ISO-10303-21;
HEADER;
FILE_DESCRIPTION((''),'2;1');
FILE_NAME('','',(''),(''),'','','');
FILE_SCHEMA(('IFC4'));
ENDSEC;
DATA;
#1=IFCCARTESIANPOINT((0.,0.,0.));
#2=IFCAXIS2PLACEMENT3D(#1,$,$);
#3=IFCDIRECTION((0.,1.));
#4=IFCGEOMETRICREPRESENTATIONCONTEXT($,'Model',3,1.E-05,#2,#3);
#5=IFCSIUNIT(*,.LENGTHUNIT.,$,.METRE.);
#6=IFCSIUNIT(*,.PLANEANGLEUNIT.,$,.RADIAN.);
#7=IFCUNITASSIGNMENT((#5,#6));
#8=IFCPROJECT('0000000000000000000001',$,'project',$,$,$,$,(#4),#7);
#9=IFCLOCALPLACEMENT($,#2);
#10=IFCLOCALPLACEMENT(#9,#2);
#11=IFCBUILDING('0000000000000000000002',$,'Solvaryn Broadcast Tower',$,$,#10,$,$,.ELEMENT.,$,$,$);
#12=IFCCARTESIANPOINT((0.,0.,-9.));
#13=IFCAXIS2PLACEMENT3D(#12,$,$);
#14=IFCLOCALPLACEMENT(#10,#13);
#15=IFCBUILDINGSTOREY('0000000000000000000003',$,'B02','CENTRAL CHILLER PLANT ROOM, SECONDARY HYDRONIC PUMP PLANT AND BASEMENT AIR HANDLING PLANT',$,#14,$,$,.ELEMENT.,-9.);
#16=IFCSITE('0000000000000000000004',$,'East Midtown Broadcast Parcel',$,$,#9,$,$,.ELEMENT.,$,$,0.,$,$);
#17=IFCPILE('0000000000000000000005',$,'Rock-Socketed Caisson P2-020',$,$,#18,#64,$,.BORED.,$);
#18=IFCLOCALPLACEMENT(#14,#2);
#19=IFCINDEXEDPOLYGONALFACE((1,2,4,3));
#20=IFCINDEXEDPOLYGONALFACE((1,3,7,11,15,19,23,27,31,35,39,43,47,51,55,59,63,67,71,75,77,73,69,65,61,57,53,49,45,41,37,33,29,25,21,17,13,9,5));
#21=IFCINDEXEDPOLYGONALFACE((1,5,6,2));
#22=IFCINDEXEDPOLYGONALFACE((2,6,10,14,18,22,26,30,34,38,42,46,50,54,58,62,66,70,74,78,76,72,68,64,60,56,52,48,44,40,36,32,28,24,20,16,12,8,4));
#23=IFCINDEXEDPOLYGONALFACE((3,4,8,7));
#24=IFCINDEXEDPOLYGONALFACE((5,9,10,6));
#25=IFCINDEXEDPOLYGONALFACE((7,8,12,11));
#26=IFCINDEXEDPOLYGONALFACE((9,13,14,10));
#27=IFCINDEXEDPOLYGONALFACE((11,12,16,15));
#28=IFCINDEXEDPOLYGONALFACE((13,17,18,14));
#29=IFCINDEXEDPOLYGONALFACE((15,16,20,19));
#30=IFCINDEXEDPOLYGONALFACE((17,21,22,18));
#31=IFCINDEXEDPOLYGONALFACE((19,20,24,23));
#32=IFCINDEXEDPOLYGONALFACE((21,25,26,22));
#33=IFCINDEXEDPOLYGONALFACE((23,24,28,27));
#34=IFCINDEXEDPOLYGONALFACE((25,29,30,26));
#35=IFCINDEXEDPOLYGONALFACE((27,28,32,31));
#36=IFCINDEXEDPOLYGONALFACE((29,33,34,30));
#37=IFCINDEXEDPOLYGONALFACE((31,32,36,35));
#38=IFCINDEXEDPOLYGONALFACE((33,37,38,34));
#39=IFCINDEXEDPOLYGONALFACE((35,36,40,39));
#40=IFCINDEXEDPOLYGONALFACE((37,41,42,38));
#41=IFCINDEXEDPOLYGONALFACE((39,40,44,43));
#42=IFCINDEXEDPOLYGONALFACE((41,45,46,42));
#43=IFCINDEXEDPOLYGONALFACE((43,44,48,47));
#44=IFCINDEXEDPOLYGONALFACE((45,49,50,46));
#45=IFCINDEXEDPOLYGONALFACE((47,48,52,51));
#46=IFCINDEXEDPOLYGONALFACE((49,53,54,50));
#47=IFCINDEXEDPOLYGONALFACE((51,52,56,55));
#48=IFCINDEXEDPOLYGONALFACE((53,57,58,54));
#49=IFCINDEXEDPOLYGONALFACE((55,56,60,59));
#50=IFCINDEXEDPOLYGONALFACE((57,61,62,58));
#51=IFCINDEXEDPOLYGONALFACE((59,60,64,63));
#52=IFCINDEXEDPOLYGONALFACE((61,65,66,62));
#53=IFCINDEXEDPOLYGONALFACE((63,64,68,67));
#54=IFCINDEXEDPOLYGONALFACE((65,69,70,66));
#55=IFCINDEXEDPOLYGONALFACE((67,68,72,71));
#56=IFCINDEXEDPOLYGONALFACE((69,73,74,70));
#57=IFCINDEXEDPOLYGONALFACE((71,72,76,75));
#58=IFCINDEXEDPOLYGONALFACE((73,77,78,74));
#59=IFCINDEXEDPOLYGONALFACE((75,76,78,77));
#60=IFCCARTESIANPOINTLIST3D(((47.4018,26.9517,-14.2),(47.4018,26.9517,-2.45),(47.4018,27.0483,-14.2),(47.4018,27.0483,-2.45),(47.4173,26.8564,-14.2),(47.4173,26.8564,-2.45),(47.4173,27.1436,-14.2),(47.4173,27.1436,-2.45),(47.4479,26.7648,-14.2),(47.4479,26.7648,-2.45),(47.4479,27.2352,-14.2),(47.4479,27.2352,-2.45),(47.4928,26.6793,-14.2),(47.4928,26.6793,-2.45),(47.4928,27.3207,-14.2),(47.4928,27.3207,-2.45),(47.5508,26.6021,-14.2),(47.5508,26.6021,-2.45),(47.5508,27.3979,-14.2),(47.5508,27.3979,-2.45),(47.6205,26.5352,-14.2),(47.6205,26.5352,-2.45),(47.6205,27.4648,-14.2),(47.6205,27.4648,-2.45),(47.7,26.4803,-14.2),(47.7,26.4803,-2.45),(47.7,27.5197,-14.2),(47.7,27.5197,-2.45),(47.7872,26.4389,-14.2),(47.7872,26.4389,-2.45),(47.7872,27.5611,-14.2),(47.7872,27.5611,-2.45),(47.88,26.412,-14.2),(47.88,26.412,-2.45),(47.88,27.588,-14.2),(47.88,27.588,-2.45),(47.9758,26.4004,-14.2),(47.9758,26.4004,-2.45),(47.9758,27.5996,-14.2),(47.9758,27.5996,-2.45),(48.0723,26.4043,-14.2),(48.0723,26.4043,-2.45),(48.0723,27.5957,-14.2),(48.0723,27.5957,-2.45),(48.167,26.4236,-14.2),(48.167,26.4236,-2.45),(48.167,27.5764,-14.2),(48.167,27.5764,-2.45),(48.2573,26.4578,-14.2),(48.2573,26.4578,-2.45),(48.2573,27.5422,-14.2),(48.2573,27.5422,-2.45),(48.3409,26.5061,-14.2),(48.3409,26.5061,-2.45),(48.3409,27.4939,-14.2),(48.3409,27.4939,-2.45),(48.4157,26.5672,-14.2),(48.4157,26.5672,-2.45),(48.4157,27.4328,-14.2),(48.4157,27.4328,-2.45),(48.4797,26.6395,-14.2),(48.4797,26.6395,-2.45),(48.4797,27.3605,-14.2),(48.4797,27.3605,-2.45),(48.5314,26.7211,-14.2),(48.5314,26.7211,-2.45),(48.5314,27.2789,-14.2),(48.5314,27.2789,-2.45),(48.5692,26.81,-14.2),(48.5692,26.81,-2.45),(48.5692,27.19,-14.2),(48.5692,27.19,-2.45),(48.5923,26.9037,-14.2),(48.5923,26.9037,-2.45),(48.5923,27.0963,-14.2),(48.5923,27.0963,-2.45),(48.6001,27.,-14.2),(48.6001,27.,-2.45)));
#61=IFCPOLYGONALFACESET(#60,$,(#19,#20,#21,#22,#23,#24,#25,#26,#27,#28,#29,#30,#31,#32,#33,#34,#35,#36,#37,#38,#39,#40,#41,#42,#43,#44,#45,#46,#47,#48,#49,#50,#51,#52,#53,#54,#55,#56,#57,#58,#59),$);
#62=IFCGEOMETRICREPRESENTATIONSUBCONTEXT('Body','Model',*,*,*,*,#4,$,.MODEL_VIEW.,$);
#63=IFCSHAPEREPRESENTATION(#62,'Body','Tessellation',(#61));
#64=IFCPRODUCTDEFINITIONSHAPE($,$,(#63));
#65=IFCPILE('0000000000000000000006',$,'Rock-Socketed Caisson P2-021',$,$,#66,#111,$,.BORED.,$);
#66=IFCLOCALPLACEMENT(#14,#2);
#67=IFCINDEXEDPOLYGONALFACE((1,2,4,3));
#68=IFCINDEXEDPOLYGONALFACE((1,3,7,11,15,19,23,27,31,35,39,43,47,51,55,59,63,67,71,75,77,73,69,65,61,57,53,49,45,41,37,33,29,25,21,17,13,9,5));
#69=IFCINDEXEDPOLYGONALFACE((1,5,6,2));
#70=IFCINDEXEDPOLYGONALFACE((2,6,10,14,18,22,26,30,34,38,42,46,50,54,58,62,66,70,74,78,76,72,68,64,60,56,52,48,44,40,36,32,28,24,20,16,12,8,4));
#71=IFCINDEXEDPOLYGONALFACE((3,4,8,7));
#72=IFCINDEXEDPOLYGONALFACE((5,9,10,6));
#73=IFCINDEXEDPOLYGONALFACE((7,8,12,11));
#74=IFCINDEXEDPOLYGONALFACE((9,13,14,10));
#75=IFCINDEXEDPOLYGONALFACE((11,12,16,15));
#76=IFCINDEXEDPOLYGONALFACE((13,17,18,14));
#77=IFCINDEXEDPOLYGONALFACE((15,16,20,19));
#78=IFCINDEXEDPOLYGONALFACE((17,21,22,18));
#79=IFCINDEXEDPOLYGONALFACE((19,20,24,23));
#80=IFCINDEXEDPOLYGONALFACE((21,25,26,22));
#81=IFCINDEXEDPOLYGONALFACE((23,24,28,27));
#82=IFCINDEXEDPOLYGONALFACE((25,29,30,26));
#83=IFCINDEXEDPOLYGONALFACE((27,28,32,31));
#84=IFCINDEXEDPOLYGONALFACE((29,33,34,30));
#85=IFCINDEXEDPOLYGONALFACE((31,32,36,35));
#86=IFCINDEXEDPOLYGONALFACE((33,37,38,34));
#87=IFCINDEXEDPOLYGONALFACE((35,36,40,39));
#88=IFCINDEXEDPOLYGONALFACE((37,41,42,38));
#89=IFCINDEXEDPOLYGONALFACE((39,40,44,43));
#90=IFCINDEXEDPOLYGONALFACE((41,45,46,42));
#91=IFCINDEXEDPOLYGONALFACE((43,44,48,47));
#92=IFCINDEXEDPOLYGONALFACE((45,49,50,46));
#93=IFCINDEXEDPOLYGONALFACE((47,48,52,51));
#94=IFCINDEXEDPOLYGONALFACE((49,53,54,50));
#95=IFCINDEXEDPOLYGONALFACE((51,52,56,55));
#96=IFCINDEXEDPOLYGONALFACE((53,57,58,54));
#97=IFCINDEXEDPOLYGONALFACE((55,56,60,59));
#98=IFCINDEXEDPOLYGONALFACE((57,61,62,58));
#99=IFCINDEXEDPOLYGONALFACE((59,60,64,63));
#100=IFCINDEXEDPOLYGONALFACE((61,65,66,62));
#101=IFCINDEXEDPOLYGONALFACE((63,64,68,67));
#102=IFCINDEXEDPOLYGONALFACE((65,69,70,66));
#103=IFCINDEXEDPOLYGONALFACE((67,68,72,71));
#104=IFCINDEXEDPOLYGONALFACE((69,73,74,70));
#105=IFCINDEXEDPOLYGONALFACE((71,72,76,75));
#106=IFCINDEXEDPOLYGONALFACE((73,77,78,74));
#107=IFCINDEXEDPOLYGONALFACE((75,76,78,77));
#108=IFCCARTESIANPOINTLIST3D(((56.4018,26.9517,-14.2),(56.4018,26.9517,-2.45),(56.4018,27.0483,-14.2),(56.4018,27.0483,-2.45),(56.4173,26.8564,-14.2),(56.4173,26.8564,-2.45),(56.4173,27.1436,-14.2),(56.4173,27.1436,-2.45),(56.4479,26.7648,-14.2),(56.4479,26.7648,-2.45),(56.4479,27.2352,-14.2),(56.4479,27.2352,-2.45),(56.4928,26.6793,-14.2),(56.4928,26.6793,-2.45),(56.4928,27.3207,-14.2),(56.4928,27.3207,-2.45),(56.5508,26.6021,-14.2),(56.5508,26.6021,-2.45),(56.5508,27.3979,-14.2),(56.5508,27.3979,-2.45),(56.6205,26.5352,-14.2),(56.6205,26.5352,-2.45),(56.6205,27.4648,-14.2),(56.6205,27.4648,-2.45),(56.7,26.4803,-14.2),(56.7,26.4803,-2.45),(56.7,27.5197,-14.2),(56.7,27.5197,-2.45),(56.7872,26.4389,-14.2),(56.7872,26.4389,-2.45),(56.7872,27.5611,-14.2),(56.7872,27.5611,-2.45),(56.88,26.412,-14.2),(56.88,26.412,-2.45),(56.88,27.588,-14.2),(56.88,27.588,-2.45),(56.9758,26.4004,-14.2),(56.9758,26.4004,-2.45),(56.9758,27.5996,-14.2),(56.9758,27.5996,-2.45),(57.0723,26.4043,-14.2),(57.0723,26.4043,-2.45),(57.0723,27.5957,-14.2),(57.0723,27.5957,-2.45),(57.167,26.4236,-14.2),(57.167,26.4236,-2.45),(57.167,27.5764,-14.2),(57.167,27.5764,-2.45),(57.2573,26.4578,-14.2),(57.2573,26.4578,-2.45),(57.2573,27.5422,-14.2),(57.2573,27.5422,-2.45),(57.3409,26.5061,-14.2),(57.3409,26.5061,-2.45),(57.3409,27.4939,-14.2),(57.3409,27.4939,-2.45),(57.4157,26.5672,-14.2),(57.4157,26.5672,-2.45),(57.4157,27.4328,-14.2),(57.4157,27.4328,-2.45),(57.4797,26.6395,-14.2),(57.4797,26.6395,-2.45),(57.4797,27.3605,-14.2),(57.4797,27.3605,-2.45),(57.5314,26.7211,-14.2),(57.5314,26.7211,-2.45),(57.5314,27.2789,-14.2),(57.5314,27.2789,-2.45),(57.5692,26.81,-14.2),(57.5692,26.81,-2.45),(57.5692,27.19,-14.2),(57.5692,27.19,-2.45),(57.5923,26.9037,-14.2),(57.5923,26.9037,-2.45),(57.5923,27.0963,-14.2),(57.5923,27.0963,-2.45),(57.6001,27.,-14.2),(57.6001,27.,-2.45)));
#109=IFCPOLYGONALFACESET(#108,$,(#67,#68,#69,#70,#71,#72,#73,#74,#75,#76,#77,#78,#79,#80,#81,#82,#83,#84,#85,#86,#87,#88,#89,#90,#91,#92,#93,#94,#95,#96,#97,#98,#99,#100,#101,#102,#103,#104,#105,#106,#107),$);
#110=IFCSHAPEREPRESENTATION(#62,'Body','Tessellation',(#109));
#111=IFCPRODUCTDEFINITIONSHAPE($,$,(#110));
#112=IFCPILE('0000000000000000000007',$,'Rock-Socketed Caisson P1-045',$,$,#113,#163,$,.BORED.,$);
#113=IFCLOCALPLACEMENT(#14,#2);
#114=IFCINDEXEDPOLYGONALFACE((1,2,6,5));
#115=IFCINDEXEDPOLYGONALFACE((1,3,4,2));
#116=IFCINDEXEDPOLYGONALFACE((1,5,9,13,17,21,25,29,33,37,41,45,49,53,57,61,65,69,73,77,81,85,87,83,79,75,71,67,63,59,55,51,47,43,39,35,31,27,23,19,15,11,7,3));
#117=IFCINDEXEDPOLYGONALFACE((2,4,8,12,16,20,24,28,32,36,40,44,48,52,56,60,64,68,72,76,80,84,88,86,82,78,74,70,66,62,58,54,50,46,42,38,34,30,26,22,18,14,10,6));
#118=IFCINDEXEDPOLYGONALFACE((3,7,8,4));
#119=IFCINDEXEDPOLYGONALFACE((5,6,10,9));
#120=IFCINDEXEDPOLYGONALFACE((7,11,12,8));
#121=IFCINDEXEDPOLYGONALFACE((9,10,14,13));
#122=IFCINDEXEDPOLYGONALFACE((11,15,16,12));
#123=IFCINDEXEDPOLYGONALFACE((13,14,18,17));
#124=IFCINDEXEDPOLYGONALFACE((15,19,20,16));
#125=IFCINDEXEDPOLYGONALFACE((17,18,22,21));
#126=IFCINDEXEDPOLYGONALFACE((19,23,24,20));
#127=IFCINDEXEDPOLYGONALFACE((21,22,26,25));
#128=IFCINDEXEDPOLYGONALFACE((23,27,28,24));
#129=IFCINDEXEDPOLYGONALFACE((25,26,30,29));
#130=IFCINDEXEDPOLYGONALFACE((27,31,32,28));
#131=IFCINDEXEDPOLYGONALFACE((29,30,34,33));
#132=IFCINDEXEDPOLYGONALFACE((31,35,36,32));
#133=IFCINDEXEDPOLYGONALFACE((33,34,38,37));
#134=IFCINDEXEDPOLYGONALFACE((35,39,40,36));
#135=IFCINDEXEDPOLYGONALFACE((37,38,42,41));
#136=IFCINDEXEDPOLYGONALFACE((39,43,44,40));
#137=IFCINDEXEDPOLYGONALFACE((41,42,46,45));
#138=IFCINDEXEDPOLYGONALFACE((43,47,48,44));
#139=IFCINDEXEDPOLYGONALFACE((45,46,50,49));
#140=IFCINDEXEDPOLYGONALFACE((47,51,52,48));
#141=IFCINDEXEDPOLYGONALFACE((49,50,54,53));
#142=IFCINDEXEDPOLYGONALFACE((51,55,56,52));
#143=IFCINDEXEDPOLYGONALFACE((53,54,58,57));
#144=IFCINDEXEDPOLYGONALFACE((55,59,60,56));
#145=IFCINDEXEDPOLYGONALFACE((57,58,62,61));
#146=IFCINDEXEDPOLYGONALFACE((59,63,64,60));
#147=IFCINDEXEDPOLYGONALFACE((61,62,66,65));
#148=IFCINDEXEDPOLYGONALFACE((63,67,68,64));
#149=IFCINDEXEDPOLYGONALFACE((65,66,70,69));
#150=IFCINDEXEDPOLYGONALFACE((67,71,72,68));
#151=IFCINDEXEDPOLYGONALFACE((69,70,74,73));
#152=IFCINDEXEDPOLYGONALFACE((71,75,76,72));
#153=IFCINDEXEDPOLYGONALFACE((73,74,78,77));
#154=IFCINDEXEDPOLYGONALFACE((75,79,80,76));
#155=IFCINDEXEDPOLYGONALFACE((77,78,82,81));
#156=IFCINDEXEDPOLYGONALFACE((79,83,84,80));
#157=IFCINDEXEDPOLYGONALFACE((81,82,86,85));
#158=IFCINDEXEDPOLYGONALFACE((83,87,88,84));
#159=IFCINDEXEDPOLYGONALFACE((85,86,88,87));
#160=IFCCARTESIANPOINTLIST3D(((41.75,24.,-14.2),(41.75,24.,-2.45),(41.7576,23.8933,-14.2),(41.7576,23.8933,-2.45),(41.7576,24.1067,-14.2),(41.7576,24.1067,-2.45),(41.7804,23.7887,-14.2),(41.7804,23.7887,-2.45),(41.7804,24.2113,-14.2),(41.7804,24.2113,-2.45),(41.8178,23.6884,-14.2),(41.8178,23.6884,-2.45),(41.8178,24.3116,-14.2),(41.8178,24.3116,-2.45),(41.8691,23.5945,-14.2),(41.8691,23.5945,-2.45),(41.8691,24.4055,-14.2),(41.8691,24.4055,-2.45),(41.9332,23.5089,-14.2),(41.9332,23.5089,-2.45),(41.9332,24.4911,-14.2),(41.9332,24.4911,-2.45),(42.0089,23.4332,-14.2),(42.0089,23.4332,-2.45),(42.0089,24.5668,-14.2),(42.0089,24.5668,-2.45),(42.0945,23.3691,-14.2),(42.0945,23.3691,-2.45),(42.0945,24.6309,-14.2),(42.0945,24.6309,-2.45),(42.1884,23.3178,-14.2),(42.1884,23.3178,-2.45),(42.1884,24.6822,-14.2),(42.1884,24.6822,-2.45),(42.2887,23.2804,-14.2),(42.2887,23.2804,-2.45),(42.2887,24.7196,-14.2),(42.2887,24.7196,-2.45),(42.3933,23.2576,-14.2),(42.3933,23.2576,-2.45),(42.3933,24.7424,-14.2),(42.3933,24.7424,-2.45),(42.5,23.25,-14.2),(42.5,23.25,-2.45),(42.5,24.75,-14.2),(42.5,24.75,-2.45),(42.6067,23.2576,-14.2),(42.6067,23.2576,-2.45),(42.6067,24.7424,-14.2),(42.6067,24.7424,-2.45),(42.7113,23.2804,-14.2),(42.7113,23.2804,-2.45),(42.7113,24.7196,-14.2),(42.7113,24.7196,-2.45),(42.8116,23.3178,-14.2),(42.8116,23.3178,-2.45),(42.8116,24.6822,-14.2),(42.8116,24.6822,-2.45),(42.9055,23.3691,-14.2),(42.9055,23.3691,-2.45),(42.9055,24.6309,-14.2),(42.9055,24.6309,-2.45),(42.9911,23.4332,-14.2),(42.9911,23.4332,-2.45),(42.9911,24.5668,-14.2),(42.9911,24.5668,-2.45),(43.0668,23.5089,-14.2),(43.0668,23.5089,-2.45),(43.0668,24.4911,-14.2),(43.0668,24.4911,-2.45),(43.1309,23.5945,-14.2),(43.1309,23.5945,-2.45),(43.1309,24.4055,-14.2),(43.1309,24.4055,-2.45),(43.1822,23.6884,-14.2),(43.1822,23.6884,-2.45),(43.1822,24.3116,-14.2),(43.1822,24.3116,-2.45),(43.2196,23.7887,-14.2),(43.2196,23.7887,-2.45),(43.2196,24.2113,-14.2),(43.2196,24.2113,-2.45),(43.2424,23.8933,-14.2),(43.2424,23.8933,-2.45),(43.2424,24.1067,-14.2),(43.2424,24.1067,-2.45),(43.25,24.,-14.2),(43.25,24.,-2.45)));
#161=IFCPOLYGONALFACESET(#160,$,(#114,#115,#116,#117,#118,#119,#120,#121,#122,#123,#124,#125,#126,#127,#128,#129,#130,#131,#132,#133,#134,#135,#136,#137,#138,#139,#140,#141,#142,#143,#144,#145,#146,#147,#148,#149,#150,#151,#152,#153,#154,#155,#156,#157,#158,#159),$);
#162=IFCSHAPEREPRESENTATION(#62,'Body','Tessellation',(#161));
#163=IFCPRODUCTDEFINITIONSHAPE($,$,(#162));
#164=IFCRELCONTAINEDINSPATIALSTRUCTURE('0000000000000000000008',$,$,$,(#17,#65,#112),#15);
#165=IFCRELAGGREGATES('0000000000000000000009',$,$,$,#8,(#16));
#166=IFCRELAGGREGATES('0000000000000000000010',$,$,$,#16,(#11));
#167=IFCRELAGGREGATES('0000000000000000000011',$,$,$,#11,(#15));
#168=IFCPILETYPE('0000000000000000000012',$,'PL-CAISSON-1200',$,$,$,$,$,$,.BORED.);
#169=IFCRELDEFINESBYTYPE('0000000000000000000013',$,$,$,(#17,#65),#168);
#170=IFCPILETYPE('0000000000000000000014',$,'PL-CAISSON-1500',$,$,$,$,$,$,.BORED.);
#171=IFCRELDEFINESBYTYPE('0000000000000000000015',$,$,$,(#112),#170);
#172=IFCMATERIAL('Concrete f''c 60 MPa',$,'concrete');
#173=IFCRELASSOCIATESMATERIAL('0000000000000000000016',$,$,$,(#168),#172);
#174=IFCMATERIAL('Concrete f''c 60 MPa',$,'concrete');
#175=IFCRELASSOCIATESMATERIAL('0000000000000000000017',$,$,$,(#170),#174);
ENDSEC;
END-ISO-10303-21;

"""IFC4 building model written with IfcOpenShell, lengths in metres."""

from ifc_helpers import new_model, si_unit, direction, frame, origin, origin_2d, place, context, subcontext, project, spatial, circle, extrude, material, material_profile, profile_set, type_object, element, save


model = new_model("IFC4")

# Units and contexts
model_context = context("Model", 3, precision=1e-05, world=origin(), true_north=direction((0.0, 1.0)))
body_context = subcontext(model_context, "Body", "Model", "MODEL_VIEW")
ifc_project = project(units=[si_unit("LENGTHUNIT", "METRE"), si_unit("PLANEANGLEUNIT", "RADIAN")], contexts=[model_context])

# Site, building, storey
site_placement = place(None, origin())
site = spatial("IfcSite", under=ifc_project, at=site_placement, Name="East Midtown Broadcast Parcel", CompositionType="ELEMENT", RefElevation=0.0)
building_placement = place(site_placement, origin())
building = spatial("IfcBuilding", under=site, at=building_placement, Name="Solvaryn Broadcast Tower", CompositionType="ELEMENT")
storey_placement = place(building_placement, frame((0.0, 0.0, -9.0)))
storey = spatial("IfcBuildingStorey", under=building, at=storey_placement, Name="B02", Description="CENTRAL CHILLER PLANT ROOM, SECONDARY HYDRONIC PUMP PLANT AND BASEMENT AIR HANDLING PLANT", CompositionType="ELEMENT", Elevation=-9.0)

# Piles
ifc_material_1 = material(Name="Concrete f'c 60 MPa", Category="concrete")
ifc_material_profile_1 = material_profile(ifc_material_1, circle(Radius=0.6001, at=origin_2d()))
ifc_profile_set_1 = profile_set([ifc_material_profile_1], Name="Concrete f'c 60 MPa")
pile_type_1 = type_object("IfcPileType", Name="PL-CAISSON-1200", PredefinedType="BORED", material=ifc_profile_set_1)
for number, where, z_axis, x_axis, name in (
    (1, (48.0, 27.0, -2.45), (0.0, 0.0, -1.0), (1.0, 0.0, 0.0), "Rock-Socketed Caisson P2-020"),
    (2, (57.0, 27.0, -2.45), (0.0, 0.0, -1.0), (1.0, 0.0, 0.0), "Rock-Socketed Caisson P2-021"),
):
    element("IfcPile", number, at=place(storey_placement, frame(where, z_axis=z_axis, x_axis=x_axis)), inside=storey, type_object=pile_type_1, Name=name, PredefinedType="BORED", context=body_context, shape_type="SweptSolid", body=[
        extrude(circle(Radius=0.6001, at=origin_2d()), origin(), (0.0, 0.0, 1.0), 11.75),
    ])
ifc_material_2 = material(Name="Concrete f'c 60 MPa", Category="concrete")
ifc_material_profile_2 = material_profile(ifc_material_2, circle(Radius=0.75, at=origin_2d()))
ifc_profile_set_2 = profile_set([ifc_material_profile_2], Name="Concrete f'c 60 MPa")
pile_type_2 = type_object("IfcPileType", Name="PL-CAISSON-1500", PredefinedType="BORED", material=ifc_profile_set_2)
for number, where, z_axis, x_axis, name in (
    (3, (42.5, 24.0, -2.45), (0.0, 0.0, -1.0), (1.0, 0.0, 0.0), "Rock-Socketed Caisson P1-045"),
):
    element("IfcPile", number, at=place(storey_placement, frame(where, z_axis=z_axis, x_axis=x_axis)), inside=storey, type_object=pile_type_2, Name=name, PredefinedType="BORED", context=body_context, shape_type="SweptSolid", body=[
        extrude(circle(Radius=0.75, at=origin_2d()), origin(), (0.0, 0.0, 1.0), 11.75),
    ])

save(model, "model.ifc")
